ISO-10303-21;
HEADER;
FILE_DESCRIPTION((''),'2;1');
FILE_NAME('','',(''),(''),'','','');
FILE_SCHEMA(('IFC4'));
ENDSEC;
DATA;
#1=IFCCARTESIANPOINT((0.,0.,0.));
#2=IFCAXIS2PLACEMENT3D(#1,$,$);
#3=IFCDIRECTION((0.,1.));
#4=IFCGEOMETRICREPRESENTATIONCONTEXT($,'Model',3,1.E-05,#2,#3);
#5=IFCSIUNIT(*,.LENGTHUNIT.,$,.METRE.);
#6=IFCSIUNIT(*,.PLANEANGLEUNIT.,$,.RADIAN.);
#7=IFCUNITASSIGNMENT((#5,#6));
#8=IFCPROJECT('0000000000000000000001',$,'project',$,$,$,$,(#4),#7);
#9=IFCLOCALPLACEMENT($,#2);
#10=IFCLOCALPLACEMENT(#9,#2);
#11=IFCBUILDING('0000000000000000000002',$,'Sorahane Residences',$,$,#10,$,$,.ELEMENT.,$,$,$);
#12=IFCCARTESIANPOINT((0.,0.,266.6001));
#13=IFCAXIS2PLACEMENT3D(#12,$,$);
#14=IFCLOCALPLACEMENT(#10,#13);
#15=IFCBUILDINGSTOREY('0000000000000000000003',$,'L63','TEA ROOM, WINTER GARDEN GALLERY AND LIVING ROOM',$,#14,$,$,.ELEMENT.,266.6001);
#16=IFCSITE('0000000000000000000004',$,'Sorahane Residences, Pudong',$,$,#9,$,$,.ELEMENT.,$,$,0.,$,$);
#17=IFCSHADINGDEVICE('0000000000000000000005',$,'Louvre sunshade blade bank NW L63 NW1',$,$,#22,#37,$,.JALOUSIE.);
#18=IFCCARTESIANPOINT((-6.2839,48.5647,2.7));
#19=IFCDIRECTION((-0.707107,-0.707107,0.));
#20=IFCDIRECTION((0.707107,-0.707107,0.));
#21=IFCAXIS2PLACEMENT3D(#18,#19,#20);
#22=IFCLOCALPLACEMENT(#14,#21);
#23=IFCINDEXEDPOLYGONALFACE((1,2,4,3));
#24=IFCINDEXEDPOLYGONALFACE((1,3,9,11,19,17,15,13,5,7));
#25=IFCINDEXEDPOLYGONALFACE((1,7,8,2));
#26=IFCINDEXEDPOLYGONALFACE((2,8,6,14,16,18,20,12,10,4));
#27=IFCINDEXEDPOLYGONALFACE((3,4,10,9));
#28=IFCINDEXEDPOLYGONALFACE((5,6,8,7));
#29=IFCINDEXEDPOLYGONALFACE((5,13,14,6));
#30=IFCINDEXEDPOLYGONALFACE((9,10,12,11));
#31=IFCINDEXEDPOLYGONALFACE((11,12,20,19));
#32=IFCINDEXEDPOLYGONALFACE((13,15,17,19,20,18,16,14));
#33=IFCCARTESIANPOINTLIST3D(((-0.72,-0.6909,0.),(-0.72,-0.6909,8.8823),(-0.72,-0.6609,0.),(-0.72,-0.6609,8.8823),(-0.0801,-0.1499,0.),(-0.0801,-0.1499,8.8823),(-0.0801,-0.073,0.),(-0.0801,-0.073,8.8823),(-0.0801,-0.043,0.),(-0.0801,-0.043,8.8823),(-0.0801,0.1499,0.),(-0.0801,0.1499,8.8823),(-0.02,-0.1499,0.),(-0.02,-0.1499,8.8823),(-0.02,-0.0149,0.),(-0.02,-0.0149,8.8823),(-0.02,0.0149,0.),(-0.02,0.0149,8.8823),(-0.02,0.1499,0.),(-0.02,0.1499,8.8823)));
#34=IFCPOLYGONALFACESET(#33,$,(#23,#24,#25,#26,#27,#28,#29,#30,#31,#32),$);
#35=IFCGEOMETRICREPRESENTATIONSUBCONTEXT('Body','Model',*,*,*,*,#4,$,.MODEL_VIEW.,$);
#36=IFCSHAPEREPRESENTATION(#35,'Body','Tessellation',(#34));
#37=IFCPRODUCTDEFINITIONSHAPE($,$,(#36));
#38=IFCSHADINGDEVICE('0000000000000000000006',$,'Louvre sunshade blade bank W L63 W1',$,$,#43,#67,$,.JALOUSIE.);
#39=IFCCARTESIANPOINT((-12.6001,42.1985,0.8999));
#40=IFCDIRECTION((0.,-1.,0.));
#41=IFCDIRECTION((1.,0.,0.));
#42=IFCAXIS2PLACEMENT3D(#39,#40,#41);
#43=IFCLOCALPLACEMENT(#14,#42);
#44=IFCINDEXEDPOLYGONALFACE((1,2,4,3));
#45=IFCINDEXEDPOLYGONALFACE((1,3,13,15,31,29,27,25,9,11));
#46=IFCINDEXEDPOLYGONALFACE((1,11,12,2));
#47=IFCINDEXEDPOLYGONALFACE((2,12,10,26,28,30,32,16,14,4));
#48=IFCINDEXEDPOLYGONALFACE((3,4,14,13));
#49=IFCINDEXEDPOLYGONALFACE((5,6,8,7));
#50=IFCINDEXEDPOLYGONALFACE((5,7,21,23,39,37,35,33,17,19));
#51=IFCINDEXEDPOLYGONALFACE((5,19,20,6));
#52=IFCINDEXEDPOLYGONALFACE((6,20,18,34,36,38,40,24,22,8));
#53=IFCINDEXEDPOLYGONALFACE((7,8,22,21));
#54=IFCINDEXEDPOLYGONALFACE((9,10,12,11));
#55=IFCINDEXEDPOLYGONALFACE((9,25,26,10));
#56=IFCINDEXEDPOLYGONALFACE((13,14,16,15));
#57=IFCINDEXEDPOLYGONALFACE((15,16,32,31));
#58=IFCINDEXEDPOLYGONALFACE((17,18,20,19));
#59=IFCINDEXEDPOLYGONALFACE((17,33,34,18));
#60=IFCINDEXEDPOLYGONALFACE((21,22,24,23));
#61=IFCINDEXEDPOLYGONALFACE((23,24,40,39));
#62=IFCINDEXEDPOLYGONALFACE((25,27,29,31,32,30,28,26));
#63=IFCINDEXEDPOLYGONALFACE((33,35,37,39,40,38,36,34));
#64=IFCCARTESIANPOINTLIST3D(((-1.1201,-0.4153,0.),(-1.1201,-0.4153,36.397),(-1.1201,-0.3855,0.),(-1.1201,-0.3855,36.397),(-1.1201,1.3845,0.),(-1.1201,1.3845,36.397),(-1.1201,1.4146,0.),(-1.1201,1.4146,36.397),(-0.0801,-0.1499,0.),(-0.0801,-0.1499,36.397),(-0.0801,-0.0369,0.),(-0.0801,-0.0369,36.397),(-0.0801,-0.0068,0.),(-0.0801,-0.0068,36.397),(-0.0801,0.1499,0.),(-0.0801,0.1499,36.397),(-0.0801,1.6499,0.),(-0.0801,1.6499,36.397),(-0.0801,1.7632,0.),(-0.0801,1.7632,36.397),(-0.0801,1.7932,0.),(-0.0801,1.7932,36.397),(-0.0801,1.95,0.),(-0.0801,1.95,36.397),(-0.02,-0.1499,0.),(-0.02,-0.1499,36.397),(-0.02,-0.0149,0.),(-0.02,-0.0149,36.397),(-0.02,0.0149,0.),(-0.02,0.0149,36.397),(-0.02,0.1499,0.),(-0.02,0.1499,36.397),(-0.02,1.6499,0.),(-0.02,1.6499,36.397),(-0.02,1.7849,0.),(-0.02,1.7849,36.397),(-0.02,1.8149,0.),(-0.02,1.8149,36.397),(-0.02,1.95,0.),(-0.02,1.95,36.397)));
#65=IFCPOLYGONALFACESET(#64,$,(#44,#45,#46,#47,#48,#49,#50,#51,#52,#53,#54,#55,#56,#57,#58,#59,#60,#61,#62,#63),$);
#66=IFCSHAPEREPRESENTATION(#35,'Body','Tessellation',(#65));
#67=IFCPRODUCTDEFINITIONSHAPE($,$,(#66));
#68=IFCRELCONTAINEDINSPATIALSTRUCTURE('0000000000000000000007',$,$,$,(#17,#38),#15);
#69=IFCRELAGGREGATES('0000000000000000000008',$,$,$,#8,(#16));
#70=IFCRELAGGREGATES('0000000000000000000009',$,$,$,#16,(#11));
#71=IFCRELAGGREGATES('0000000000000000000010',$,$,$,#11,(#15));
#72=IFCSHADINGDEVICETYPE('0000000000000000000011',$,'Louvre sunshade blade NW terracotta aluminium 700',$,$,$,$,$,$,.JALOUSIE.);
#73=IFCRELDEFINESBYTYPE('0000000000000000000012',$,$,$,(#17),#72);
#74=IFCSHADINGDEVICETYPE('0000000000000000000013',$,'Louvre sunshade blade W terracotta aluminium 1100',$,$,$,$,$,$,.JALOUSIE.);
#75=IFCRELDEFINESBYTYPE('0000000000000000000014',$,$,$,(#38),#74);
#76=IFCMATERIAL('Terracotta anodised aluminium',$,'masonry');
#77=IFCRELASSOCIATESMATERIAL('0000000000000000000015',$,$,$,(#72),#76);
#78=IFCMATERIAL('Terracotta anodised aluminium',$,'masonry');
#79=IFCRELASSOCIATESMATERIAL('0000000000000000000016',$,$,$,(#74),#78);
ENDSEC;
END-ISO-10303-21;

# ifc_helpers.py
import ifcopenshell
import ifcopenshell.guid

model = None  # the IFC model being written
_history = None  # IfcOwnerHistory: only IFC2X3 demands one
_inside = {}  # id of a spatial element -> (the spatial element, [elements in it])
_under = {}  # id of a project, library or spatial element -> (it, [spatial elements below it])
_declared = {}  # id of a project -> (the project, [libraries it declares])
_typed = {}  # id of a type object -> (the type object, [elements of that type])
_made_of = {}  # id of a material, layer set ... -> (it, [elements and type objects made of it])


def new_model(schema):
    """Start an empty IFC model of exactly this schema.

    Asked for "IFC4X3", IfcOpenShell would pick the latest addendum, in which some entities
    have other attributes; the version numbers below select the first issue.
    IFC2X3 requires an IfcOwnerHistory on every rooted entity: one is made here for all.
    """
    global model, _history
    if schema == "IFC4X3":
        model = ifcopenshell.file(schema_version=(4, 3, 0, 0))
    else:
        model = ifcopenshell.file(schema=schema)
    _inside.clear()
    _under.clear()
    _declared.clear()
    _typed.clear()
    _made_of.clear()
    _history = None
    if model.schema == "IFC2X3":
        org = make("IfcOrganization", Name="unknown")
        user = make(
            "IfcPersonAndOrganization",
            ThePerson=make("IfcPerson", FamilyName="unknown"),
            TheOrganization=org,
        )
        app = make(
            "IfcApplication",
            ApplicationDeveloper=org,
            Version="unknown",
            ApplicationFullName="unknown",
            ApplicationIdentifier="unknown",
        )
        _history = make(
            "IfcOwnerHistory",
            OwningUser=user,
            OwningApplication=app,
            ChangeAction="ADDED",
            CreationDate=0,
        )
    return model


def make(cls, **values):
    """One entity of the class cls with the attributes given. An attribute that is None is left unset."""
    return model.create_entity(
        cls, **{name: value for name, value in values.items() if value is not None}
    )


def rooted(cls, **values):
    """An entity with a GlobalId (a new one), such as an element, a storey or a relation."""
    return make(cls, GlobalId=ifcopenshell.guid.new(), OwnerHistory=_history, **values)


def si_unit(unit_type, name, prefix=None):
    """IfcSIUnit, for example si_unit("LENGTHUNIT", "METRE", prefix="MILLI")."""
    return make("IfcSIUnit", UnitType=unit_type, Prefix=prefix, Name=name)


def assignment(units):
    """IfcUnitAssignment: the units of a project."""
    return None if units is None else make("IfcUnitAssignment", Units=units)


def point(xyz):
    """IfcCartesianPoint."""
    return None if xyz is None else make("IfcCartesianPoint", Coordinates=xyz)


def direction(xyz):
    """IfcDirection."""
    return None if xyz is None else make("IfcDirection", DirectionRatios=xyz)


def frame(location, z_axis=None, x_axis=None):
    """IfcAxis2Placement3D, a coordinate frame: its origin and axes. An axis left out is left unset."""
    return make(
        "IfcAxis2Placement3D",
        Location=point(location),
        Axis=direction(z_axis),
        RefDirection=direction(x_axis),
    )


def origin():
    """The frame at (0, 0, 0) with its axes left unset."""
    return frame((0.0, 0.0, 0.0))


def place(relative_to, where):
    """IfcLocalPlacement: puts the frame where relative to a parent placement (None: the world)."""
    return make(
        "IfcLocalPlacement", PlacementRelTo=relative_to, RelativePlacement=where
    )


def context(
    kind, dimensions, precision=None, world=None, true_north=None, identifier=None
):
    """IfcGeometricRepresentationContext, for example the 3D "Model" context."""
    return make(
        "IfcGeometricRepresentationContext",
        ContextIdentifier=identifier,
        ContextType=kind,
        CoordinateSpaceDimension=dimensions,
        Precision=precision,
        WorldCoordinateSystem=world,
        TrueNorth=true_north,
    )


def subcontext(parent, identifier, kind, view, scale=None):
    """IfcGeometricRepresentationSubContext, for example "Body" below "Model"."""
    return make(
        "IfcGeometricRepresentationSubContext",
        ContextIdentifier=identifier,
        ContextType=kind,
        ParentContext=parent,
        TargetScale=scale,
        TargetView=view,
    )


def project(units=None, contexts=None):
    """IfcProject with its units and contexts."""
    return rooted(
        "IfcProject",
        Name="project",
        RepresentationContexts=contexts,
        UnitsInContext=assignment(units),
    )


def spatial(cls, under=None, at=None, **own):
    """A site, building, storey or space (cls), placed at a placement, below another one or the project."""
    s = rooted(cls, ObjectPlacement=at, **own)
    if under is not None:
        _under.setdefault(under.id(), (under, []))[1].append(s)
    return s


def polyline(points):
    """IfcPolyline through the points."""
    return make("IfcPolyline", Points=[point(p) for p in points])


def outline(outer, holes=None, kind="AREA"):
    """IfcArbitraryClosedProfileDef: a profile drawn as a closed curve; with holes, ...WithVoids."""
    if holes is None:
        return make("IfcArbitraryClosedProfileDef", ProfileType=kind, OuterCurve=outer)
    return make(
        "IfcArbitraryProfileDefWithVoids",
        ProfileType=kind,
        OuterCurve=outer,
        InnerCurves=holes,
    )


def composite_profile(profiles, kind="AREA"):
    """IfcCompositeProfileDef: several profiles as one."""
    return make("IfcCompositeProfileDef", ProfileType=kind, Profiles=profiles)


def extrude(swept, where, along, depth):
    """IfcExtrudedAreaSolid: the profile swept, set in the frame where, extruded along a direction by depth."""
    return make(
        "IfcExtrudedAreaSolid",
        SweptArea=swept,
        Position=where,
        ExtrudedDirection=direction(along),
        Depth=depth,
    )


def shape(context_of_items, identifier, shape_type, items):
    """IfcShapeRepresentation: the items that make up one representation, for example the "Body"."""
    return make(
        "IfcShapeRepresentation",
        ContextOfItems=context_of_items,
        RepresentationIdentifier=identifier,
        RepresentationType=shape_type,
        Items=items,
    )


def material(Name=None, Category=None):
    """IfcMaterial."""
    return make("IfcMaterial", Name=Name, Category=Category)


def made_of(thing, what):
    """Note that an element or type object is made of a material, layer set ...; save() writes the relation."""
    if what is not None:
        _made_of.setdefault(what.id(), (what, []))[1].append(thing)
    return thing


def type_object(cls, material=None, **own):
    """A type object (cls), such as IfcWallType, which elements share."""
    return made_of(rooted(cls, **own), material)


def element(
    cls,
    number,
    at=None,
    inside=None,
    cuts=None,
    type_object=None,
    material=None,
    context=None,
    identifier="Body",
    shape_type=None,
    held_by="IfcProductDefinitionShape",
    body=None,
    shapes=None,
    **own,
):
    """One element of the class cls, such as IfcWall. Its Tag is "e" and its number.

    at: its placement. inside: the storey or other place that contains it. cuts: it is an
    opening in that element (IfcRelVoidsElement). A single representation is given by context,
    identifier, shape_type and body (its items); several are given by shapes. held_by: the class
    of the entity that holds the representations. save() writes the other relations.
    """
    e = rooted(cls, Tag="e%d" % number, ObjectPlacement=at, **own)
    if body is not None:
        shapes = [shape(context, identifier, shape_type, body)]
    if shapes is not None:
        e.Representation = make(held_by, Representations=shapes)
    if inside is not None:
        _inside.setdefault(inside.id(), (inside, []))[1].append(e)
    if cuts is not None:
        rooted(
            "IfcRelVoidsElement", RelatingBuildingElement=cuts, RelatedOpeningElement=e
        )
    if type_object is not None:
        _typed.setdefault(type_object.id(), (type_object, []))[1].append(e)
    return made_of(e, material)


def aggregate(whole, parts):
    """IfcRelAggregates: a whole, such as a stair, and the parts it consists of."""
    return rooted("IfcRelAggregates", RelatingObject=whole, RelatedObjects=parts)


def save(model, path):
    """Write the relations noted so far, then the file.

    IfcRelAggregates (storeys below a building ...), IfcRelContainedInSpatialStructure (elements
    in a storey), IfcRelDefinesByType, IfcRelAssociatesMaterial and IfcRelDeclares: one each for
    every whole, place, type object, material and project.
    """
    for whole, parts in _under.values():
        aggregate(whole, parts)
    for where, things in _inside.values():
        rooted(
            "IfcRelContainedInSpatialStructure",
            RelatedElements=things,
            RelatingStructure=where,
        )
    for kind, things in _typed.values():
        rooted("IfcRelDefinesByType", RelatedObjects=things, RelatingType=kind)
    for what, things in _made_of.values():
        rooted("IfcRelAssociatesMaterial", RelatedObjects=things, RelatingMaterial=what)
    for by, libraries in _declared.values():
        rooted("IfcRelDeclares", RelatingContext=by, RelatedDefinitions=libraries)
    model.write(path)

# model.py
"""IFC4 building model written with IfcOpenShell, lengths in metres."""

from ifc_helpers import new_model, si_unit, direction, frame, origin, place, context, subcontext, project, spatial, polyline, outline, composite_profile, extrude, material, type_object, element, save


model = new_model("IFC4")

# Units and contexts
model_context = context("Model", 3, precision=1e-05, world=origin(), true_north=direction((0.0, 1.0)))
body_context = subcontext(model_context, "Body", "Model", "MODEL_VIEW")
ifc_project = project(units=[si_unit("LENGTHUNIT", "METRE"), si_unit("PLANEANGLEUNIT", "RADIAN")], contexts=[model_context])

# Site, building, storey
site_placement = place(None, origin())
site = spatial("IfcSite", under=ifc_project, at=site_placement, Name="Sorahane Residences, Pudong", CompositionType="ELEMENT", RefElevation=0.0)
building_placement = place(site_placement, origin())
building = spatial("IfcBuilding", under=site, at=building_placement, Name="Sorahane Residences", CompositionType="ELEMENT")
storey_placement = place(building_placement, frame((0.0, 0.0, 266.6001)))
storey = spatial("IfcBuildingStorey", under=building, at=storey_placement, Name="L63", Description="TEA ROOM, WINTER GARDEN GALLERY AND LIVING ROOM", CompositionType="ELEMENT", Elevation=266.6001)

# Shading devices
ifc_material_1 = material(Name="Terracotta anodised aluminium", Category="masonry")
shading_device_type_1 = type_object("IfcShadingDeviceType", Name="Louvre sunshade blade NW terracotta aluminium 700", PredefinedType="JALOUSIE", material=ifc_material_1)
shading_device_1_placement = place(storey_placement, frame((-6.2839, 48.5647, 2.7), z_axis=(-0.707107, -0.707107, 0.0), x_axis=(0.707107, -0.707107, 0.0)))
element("IfcShadingDevice", 1, at=shading_device_1_placement, inside=storey, type_object=shading_device_type_1, Name="Louvre sunshade blade bank NW L63 NW1", PredefinedType="JALOUSIE", context=body_context, shape_type="SweptSolid", body=[
    extrude(outline(polyline([(-0.72, -0.6609), (-0.72, -0.6909), (-0.0801, -0.073), (-0.0801, -0.1499), (-0.02, -0.1499), (-0.02, -0.0149), (-0.02, 0.0149), (-0.02, 0.1499), (-0.0801, 0.1499), (-0.0801, -0.043), (-0.72, -0.6609)])), origin(), (0.0, 0.0, 1.0), 8.8823),
])
ifc_material_2 = material(Name="Terracotta anodised aluminium", Category="masonry")
shading_device_type_2 = type_object("IfcShadingDeviceType", Name="Louvre sunshade blade W terracotta aluminium 1100", PredefinedType="JALOUSIE", material=ifc_material_2)
shading_device_2_placement = place(storey_placement, frame((-12.6001, 42.1985, 0.8999), z_axis=(0.0, -1.0, 0.0), x_axis=(1.0, 0.0, 0.0)))
element("IfcShadingDevice", 2, at=shading_device_2_placement, inside=storey, type_object=shading_device_type_2, Name="Louvre sunshade blade bank W L63 W1", PredefinedType="JALOUSIE", context=body_context, shape_type="SweptSolid", body=[
    extrude(composite_profile([outline(polyline([(-1.1201, -0.3855), (-1.1201, -0.4153), (-0.0801, -0.0369), (-0.0801, -0.1499), (-0.02, -0.1499), (-0.02, -0.0149), (-0.02, 0.0149), (-0.02, 0.1499), (-0.0801, 0.1499), (-0.0801, -0.0068), (-1.1201, -0.3855)])), outline(polyline([(-1.1201, 1.4146), (-1.1201, 1.3845), (-0.0801, 1.7632), (-0.0801, 1.6499), (-0.02, 1.6499), (-0.02, 1.7849), (-0.02, 1.8149), (-0.02, 1.95), (-0.0801, 1.95), (-0.0801, 1.7932), (-1.1201, 1.4146)]))]), origin(), (0.0, 0.0, 1.0), 36.397),
])

save(model, "model.ifc")
